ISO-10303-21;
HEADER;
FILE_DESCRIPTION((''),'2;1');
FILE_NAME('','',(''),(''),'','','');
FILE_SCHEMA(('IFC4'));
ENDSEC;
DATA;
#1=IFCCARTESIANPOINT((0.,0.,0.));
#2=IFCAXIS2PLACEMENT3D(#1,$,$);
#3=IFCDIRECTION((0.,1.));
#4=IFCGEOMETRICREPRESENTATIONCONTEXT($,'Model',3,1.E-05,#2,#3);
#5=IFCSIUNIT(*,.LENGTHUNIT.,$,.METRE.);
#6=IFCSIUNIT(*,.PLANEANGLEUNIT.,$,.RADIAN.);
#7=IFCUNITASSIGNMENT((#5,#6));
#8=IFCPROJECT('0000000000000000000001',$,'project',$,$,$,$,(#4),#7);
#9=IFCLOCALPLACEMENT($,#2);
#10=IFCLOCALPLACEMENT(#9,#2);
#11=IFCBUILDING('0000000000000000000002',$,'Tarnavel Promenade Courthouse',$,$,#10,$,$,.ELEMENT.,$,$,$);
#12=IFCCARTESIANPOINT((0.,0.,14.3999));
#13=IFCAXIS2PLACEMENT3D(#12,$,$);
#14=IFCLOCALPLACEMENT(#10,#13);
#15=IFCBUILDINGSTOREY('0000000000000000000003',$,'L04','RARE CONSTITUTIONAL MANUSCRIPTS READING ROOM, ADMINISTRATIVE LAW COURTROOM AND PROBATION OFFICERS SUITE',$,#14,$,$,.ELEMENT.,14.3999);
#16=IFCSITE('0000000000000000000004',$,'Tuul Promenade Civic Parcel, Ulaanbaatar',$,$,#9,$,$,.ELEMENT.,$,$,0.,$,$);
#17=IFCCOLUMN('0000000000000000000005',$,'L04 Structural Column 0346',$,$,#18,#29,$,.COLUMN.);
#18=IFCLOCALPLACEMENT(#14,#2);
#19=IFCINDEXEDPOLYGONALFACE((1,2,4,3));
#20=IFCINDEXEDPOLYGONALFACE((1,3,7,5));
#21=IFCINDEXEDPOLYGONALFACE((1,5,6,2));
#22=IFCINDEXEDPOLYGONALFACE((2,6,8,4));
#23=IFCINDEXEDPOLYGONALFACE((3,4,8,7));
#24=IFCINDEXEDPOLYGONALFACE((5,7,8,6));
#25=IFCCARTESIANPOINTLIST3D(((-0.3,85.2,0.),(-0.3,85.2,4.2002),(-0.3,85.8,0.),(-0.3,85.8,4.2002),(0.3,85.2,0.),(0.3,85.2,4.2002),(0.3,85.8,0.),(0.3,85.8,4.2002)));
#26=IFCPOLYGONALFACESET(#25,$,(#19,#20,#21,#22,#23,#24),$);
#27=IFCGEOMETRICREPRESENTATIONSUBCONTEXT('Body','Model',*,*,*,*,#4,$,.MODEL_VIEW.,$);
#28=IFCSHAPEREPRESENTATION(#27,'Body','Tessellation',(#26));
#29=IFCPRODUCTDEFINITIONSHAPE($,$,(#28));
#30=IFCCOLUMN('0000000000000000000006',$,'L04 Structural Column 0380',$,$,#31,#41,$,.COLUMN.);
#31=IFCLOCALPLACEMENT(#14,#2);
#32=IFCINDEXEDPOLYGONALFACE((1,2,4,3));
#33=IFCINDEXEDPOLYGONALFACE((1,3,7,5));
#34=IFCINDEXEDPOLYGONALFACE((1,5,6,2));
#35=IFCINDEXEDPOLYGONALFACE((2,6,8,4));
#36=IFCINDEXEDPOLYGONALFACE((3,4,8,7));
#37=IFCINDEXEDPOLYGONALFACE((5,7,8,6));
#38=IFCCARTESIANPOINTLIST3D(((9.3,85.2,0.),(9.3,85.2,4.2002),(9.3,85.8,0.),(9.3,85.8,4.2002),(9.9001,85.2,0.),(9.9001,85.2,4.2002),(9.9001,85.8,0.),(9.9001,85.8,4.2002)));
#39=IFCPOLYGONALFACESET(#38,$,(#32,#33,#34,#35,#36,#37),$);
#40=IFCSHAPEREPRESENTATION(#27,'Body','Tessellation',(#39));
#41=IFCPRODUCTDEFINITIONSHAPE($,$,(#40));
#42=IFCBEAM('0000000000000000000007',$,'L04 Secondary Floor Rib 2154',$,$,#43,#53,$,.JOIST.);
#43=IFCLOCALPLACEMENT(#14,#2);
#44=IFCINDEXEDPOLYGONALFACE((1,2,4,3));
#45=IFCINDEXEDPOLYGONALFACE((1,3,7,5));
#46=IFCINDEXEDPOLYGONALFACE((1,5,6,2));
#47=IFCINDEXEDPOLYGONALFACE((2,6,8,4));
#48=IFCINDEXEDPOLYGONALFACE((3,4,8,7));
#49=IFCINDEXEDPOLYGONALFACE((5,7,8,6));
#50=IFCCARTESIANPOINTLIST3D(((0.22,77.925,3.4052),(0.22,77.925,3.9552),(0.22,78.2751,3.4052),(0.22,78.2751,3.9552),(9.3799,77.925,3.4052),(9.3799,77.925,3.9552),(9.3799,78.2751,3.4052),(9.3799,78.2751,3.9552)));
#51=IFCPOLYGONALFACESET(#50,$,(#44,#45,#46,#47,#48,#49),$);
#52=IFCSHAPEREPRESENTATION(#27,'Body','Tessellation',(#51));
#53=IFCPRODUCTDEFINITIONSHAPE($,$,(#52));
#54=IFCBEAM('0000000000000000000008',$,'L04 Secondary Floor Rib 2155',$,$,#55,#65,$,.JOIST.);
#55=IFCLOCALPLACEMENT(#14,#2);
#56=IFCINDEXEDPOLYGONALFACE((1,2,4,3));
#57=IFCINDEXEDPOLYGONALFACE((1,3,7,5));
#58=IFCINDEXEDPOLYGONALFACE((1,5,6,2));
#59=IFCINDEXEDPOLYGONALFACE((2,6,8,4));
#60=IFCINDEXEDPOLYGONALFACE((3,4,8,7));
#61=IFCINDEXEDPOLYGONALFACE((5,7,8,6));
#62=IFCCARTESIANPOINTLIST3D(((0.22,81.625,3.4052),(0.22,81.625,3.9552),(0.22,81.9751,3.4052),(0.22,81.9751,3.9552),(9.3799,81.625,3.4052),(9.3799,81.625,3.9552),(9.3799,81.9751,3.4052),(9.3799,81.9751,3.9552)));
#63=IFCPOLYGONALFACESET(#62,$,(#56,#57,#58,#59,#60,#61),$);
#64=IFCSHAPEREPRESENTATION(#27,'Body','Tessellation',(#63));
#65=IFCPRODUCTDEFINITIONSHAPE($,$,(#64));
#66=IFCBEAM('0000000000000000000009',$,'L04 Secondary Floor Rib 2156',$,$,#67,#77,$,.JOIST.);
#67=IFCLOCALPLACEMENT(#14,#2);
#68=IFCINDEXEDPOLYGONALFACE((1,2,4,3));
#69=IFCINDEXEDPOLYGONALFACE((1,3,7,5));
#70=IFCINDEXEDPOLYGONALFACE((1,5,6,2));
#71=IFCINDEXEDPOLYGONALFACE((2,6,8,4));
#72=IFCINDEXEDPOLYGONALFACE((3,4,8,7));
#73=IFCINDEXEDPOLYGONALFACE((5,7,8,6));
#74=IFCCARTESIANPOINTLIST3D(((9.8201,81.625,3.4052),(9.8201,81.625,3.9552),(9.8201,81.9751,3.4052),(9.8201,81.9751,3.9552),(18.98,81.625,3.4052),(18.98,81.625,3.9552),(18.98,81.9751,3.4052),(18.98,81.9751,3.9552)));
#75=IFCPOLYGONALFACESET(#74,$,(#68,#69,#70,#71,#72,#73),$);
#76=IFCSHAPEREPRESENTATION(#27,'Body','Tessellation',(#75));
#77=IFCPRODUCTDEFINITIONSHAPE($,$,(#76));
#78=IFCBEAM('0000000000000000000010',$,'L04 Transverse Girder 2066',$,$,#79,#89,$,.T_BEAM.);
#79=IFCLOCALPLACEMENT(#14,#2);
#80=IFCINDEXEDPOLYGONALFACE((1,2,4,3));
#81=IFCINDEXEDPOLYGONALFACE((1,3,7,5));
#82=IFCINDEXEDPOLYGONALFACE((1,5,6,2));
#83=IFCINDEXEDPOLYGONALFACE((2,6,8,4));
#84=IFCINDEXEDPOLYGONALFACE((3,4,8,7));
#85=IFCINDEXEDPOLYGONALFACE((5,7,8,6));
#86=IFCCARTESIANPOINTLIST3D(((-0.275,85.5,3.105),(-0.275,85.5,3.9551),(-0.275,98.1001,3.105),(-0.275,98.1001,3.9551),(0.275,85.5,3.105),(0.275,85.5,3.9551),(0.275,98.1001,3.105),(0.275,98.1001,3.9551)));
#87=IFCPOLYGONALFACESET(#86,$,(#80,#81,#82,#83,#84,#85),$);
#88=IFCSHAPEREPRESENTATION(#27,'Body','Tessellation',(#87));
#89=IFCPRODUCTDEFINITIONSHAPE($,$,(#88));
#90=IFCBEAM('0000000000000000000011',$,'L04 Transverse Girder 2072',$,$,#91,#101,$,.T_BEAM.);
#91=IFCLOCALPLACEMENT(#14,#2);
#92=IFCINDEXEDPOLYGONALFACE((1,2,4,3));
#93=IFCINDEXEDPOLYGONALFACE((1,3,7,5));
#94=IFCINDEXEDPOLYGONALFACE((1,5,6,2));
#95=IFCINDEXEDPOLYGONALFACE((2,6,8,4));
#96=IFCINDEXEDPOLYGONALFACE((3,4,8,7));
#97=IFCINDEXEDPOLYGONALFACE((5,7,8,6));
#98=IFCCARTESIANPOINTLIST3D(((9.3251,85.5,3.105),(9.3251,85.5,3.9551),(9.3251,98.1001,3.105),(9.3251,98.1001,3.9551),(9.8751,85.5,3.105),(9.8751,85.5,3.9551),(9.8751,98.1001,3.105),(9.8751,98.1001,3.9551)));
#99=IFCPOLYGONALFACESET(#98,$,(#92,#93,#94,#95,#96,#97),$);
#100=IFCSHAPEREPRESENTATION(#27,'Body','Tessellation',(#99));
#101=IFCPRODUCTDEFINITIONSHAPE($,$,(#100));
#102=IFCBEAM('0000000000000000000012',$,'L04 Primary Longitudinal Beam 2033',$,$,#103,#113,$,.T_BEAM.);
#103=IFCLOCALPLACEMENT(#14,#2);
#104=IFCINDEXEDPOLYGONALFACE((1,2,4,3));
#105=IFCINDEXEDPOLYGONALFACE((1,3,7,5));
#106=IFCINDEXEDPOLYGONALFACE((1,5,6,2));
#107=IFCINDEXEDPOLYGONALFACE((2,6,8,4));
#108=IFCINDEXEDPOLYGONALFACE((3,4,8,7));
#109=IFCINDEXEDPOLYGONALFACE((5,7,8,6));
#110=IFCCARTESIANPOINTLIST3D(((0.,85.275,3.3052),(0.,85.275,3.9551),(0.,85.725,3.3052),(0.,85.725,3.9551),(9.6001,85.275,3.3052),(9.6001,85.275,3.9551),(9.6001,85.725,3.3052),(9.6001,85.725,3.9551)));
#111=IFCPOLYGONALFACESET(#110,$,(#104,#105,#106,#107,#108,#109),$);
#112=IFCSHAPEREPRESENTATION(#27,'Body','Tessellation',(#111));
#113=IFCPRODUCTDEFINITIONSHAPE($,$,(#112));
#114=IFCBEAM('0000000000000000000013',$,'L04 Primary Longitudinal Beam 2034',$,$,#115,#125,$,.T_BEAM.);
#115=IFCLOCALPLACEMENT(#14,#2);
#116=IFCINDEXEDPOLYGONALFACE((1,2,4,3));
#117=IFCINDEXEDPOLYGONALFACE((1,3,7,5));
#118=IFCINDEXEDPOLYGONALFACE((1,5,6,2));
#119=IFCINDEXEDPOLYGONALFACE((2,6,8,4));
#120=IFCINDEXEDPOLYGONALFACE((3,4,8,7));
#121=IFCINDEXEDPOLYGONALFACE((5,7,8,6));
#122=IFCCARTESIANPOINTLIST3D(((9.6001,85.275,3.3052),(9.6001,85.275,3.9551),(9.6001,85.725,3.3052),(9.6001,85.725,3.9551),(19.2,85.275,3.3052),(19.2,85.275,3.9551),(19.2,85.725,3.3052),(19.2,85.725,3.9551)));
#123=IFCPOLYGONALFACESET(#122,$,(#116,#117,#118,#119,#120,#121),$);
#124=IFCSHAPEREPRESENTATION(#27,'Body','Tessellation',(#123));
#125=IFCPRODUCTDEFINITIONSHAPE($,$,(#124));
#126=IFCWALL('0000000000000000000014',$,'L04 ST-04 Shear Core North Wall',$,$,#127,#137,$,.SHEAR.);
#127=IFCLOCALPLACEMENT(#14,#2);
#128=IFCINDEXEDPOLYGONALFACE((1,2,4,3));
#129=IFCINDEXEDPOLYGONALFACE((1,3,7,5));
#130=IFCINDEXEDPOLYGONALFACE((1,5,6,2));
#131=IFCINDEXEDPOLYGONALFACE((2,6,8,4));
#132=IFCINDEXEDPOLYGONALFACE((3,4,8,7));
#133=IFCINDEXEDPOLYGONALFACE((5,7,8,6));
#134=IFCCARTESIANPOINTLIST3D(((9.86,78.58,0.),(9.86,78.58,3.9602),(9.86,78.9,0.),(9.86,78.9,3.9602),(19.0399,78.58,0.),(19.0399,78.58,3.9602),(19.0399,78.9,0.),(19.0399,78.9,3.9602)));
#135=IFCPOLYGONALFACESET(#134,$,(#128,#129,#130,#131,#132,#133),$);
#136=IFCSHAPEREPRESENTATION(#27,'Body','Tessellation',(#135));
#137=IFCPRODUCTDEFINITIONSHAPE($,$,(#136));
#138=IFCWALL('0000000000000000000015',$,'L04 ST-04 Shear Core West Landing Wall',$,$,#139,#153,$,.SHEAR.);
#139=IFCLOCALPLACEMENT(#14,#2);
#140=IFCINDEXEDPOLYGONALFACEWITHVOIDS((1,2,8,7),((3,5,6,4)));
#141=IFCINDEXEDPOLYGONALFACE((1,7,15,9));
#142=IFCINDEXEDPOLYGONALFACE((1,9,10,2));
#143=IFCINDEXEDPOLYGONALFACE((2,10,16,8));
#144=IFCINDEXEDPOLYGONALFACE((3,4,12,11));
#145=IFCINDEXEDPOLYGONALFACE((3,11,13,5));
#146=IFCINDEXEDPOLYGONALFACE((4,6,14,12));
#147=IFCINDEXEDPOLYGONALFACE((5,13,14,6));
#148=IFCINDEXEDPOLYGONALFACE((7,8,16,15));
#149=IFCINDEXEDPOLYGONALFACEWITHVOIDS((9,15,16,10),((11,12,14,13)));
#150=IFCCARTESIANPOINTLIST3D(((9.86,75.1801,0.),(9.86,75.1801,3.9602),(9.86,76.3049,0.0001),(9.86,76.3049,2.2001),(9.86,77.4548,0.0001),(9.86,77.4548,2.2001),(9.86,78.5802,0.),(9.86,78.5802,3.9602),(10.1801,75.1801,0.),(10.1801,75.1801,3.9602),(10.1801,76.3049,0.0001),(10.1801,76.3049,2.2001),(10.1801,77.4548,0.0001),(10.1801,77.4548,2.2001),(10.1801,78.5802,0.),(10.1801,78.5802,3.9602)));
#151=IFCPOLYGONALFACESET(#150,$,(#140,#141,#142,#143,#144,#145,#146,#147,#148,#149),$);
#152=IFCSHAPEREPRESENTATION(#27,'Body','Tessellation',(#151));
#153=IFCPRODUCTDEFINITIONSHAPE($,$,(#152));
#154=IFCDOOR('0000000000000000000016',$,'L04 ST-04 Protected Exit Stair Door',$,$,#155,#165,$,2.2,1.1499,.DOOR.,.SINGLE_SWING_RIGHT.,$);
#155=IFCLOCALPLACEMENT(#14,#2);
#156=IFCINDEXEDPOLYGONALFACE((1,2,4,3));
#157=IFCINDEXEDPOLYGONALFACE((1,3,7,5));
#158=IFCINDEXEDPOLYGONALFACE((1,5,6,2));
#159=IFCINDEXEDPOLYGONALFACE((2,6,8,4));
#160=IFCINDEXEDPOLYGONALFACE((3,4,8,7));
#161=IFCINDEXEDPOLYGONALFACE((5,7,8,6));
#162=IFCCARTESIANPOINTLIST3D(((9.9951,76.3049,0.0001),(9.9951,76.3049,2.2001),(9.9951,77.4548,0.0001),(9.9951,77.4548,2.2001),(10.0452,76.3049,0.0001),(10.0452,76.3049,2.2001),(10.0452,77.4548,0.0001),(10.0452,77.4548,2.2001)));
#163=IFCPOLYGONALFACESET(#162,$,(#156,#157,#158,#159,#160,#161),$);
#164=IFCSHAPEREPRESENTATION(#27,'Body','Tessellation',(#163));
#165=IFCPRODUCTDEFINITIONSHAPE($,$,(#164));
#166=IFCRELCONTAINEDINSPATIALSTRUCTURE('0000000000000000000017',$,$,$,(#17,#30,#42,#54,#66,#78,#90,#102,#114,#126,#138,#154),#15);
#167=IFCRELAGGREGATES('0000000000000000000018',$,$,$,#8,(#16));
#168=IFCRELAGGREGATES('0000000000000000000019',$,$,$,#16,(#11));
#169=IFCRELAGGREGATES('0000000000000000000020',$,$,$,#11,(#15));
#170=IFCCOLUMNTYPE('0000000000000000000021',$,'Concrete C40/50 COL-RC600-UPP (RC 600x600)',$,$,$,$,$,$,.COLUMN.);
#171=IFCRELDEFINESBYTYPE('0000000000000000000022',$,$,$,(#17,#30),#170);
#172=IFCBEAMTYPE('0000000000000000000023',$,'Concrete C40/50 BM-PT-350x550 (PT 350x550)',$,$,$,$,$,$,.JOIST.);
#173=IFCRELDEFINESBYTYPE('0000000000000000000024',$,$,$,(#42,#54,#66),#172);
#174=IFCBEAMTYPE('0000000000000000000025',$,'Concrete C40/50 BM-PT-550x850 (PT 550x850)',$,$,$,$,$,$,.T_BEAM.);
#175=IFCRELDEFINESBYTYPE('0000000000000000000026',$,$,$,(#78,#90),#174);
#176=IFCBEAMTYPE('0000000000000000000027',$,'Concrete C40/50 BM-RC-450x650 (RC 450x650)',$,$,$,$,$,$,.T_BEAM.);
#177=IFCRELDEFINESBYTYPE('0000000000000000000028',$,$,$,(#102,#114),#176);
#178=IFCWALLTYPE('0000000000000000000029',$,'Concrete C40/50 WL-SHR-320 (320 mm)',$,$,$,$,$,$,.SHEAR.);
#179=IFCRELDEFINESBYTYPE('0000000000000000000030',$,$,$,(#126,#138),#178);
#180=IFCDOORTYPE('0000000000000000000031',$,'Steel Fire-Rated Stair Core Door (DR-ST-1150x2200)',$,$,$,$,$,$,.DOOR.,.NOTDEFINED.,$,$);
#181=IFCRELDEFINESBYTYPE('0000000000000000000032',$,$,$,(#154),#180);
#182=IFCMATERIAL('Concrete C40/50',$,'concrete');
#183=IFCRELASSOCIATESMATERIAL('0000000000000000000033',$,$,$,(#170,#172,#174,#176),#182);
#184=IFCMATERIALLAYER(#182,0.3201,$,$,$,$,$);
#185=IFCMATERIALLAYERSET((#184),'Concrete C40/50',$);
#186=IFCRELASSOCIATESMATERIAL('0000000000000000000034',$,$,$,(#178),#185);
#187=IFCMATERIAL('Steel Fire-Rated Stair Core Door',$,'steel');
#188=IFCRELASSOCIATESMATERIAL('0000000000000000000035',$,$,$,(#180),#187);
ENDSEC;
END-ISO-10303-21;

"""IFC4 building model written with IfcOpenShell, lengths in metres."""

from ifc_helpers import new_model, si_unit, direction, frame, frame_2d, origin, origin_2d, place, context, subcontext, project, spatial, rectangle, extrude, material, layer, layer_set, material_profile, profile_set, type_object, element, fill, save


model = new_model("IFC4")

# Units and contexts
model_context = context("Model", 3, precision=1e-05, world=origin(), true_north=direction((0.0, 1.0)))
body_context = subcontext(model_context, "Body", "Model", "MODEL_VIEW")
ifc_project = project(units=[si_unit("LENGTHUNIT", "METRE"), si_unit("PLANEANGLEUNIT", "RADIAN")], contexts=[model_context])

# Site, building, storey
site_placement = place(None, origin())
site = spatial("IfcSite", under=ifc_project, at=site_placement, Name="Tuul Promenade Civic Parcel, Ulaanbaatar", CompositionType="ELEMENT", RefElevation=0.0)
building_placement = place(site_placement, origin())
building = spatial("IfcBuilding", under=site, at=building_placement, Name="Tarnavel Promenade Courthouse", CompositionType="ELEMENT")
storey_placement = place(building_placement, frame((0.0, 0.0, 14.3999)))
storey = spatial("IfcBuildingStorey", under=building, at=storey_placement, Name="L04", Description="RARE CONSTITUTIONAL MANUSCRIPTS READING ROOM, ADMINISTRATIVE LAW COURTROOM AND PROBATION OFFICERS SUITE", CompositionType="ELEMENT", Elevation=14.3999)

# Columns
ifc_material_1 = material(Name="Concrete C40/50", Category="concrete")
ifc_material_profile_1 = material_profile(ifc_material_1, rectangle(XDim=0.6001, YDim=0.6001, at=origin_2d()), Name="RC 600x600")
ifc_profile_set_1 = profile_set([ifc_material_profile_1], Name="Concrete C40/50")
column_type = type_object("IfcColumnType", Name="Concrete C40/50 COL-RC600-UPP (RC 600x600)", PredefinedType="COLUMN", material=ifc_profile_set_1)
for number, where, z_axis, x_axis, name in (
    (1, (0.0, 85.5, 0.0), (0.0, 0.0, 1.0), (1.0, 0.0, 0.0), "L04 Structural Column 0346"),
    (2, (9.6001, 85.5, 0.0), (0.0, 0.0, 1.0), (1.0, 0.0, 0.0), "L04 Structural Column 0380"),
):
    element("IfcColumn", number, at=place(storey_placement, frame(where, z_axis=z_axis, x_axis=x_axis)), inside=storey, type_object=column_type, Name=name, PredefinedType="COLUMN", context=body_context, shape_type="SweptSolid", body=[
        extrude(rectangle(XDim=0.6001, YDim=0.6001, at=origin_2d()), origin(), (0.0, 0.0, 1.0), 4.2002),
    ])

# Beams
ifc_material_profile_2 = material_profile(ifc_material_1, rectangle(XDim=0.3501, YDim=0.55, at=origin_2d()), Name="PT 350x550")
ifc_profile_set_2 = profile_set([ifc_material_profile_2], Name="Concrete C40/50")
beam_type_1 = type_object("IfcBeamType", Name="Concrete C40/50 BM-PT-350x550 (PT 350x550)", PredefinedType="JOIST", material=ifc_profile_set_2)
for number, where, z_axis, x_axis, name in (
    (3, (0.22, 78.1001, 3.6802), (1.0, 0.0, 0.0), (0.0, 1.0, 0.0), "L04 Secondary Floor Rib 2154"),
    (4, (0.22, 81.8, 3.6802), (1.0, 0.0, 0.0), (0.0, 1.0, 0.0), "L04 Secondary Floor Rib 2155"),
    (5, (9.8201, 81.8, 3.6802), (1.0, 0.0, 0.0), (0.0, 1.0, 0.0), "L04 Secondary Floor Rib 2156"),
):
    element("IfcBeam", number, at=place(storey_placement, frame(where, z_axis=z_axis, x_axis=x_axis)), inside=storey, type_object=beam_type_1, Name=name, PredefinedType="JOIST", context=body_context, shape_type="SweptSolid", body=[
        extrude(rectangle(XDim=0.3501, YDim=0.55, at=origin_2d()), origin(), (0.0, 0.0, 1.0), 9.1599),
    ])
ifc_material_profile_3 = material_profile(ifc_material_1, rectangle(XDim=0.55, YDim=0.8501, at=origin_2d()), Name="PT 550x850")
ifc_profile_set_3 = profile_set([ifc_material_profile_3], Name="Concrete C40/50")
beam_type_2 = type_object("IfcBeamType", Name="Concrete C40/50 BM-PT-550x850 (PT 550x850)", PredefinedType="T_BEAM", material=ifc_profile_set_3)
for number, where, z_axis, x_axis, name in (
    (6, (0.0, 85.5, 3.53), (0.0, 1.0, 0.0), (-1.0, 0.0, 0.0), "L04 Transverse Girder 2066"),
    (7, (9.6001, 85.5, 3.53), (0.0, 1.0, 0.0), (-1.0, 0.0, 0.0), "L04 Transverse Girder 2072"),
):
    element("IfcBeam", number, at=place(storey_placement, frame(where, z_axis=z_axis, x_axis=x_axis)), inside=storey, type_object=beam_type_2, Name=name, PredefinedType="T_BEAM", context=body_context, shape_type="SweptSolid", body=[
        extrude(rectangle(XDim=0.55, YDim=0.8501, at=origin_2d()), origin(), (0.0, 0.0, 1.0), 12.6001),
    ])
ifc_material_profile_4 = material_profile(ifc_material_1, rectangle(XDim=0.45, YDim=0.6499, at=origin_2d()), Name="RC 450x650")
ifc_profile_set_4 = profile_set([ifc_material_profile_4], Name="Concrete C40/50")
beam_type_3 = type_object("IfcBeamType", Name="Concrete C40/50 BM-RC-450x650 (RC 450x650)", PredefinedType="T_BEAM", material=ifc_profile_set_4)
beam_1_placement = place(storey_placement, frame((0.0, 85.5, 3.6301), z_axis=(1.0, 0.0, 0.0), x_axis=(0.0, 1.0, 0.0)))
element("IfcBeam", 8, at=beam_1_placement, inside=storey, type_object=beam_type_3, Name="L04 Primary Longitudinal Beam 2033", PredefinedType="T_BEAM", context=body_context, shape_type="SweptSolid", body=[
    extrude(rectangle(XDim=0.45, YDim=0.6499, at=origin_2d()), origin(), (0.0, 0.0, 1.0), 9.6001),
])
beam_2_placement = place(storey_placement, frame((9.6001, 85.5, 3.6301), z_axis=(1.0, 0.0, 0.0), x_axis=(0.0, 1.0, 0.0)))
element("IfcBeam", 9, at=beam_2_placement, inside=storey, type_object=beam_type_3, Name="L04 Primary Longitudinal Beam 2034", PredefinedType="T_BEAM", context=body_context, shape_type="SweptSolid", body=[
    extrude(rectangle(XDim=0.45, YDim=0.6499, at=origin_2d()), origin(), (0.0, 0.0, 1.0), 9.5999),
])

# Wall
ifc_layer_1 = layer(ifc_material_1, 0.3201)
ifc_layer_set_1 = layer_set([ifc_layer_1], Name="Concrete C40/50")
wall_type_1 = type_object("IfcWallType", Name="Concrete C40/50 WL-SHR-320 (320 mm)", PredefinedType="SHEAR", material=ifc_layer_set_1)
wall_1_placement = place(storey_placement, frame((9.8601, 78.74, 0.0), z_axis=(0.0, 0.0, 1.0), x_axis=(1.0, 0.0, 0.0)))
element("IfcWall", 10, at=wall_1_placement, inside=storey, type_object=wall_type_1, Name="L04 ST-04 Shear Core North Wall", PredefinedType="SHEAR", context=body_context, shape_type="SweptSolid", body=[
    extrude(rectangle(XDim=9.1799, YDim=0.3201, at=frame_2d((4.5898, 0.0))), origin(), (0.0, 0.0, 1.0), 3.9602),
])

# Wall, opening, door
wall_2_placement = place(storey_placement, frame((10.02, 75.1799, 0.0), z_axis=(0.0, 0.0, 1.0), x_axis=(0.0, 1.0, 0.0)))
wall_2 = element("IfcWall", 11, at=wall_2_placement, inside=storey, type_object=wall_type_1, Name="L04 ST-04 Shear Core West Landing Wall", PredefinedType="SHEAR", context=body_context, shape_type="SweptSolid", body=[
    extrude(rectangle(XDim=3.4001, YDim=0.3201, at=frame_2d((1.7002, 0.0))), origin(), (0.0, 0.0, 1.0), 3.9602),
])
opening_1_placement = place(wall_2_placement, frame((1.125, 0.0, 0.0)))
opening_1 = element("IfcOpeningElement", 12, at=opening_1_placement, cuts=wall_2, PredefinedType="OPENING", context=body_context, shape_type="SweptSolid", body=[
    extrude(rectangle(XDim=1.1499, YDim=2.2, at=frame_2d((0.575, 1.1001))), frame((0.0, 0.1699, 0.0), z_axis=(0.0, -1.0, 0.0), x_axis=(1.0, 0.0, 0.0)), (0.0, 0.0, 1.0), 0.3401),
])
ifc_material_2 = material(Name="Steel Fire-Rated Stair Core Door", Category="steel")
door_type_1 = type_object("IfcDoorType", Name="Steel Fire-Rated Stair Core Door (DR-ST-1150x2200)", OperationType="NOTDEFINED", PredefinedType="DOOR", material=ifc_material_2)
door_1_placement = place(opening_1_placement, origin())
door_1 = element("IfcDoor", 13, at=door_1_placement, inside=storey, type_object=door_type_1, Name="L04 ST-04 Protected Exit Stair Door", OperationType="SINGLE_SWING_RIGHT", OverallHeight=2.2, OverallWidth=1.1499, PredefinedType="DOOR", context=body_context, shape_type="SweptSolid", body=[
    extrude(rectangle(XDim=1.1499, YDim=2.2, at=frame_2d((0.575, 1.1001))), frame((0.0, 0.0249, 0.0), z_axis=(0.0, -1.0, 0.0), x_axis=(1.0, 0.0, 0.0)), (0.0, 0.0, 1.0), 0.05),
])
fill(opening_1, door_1)

save(model, "model.ifc")
